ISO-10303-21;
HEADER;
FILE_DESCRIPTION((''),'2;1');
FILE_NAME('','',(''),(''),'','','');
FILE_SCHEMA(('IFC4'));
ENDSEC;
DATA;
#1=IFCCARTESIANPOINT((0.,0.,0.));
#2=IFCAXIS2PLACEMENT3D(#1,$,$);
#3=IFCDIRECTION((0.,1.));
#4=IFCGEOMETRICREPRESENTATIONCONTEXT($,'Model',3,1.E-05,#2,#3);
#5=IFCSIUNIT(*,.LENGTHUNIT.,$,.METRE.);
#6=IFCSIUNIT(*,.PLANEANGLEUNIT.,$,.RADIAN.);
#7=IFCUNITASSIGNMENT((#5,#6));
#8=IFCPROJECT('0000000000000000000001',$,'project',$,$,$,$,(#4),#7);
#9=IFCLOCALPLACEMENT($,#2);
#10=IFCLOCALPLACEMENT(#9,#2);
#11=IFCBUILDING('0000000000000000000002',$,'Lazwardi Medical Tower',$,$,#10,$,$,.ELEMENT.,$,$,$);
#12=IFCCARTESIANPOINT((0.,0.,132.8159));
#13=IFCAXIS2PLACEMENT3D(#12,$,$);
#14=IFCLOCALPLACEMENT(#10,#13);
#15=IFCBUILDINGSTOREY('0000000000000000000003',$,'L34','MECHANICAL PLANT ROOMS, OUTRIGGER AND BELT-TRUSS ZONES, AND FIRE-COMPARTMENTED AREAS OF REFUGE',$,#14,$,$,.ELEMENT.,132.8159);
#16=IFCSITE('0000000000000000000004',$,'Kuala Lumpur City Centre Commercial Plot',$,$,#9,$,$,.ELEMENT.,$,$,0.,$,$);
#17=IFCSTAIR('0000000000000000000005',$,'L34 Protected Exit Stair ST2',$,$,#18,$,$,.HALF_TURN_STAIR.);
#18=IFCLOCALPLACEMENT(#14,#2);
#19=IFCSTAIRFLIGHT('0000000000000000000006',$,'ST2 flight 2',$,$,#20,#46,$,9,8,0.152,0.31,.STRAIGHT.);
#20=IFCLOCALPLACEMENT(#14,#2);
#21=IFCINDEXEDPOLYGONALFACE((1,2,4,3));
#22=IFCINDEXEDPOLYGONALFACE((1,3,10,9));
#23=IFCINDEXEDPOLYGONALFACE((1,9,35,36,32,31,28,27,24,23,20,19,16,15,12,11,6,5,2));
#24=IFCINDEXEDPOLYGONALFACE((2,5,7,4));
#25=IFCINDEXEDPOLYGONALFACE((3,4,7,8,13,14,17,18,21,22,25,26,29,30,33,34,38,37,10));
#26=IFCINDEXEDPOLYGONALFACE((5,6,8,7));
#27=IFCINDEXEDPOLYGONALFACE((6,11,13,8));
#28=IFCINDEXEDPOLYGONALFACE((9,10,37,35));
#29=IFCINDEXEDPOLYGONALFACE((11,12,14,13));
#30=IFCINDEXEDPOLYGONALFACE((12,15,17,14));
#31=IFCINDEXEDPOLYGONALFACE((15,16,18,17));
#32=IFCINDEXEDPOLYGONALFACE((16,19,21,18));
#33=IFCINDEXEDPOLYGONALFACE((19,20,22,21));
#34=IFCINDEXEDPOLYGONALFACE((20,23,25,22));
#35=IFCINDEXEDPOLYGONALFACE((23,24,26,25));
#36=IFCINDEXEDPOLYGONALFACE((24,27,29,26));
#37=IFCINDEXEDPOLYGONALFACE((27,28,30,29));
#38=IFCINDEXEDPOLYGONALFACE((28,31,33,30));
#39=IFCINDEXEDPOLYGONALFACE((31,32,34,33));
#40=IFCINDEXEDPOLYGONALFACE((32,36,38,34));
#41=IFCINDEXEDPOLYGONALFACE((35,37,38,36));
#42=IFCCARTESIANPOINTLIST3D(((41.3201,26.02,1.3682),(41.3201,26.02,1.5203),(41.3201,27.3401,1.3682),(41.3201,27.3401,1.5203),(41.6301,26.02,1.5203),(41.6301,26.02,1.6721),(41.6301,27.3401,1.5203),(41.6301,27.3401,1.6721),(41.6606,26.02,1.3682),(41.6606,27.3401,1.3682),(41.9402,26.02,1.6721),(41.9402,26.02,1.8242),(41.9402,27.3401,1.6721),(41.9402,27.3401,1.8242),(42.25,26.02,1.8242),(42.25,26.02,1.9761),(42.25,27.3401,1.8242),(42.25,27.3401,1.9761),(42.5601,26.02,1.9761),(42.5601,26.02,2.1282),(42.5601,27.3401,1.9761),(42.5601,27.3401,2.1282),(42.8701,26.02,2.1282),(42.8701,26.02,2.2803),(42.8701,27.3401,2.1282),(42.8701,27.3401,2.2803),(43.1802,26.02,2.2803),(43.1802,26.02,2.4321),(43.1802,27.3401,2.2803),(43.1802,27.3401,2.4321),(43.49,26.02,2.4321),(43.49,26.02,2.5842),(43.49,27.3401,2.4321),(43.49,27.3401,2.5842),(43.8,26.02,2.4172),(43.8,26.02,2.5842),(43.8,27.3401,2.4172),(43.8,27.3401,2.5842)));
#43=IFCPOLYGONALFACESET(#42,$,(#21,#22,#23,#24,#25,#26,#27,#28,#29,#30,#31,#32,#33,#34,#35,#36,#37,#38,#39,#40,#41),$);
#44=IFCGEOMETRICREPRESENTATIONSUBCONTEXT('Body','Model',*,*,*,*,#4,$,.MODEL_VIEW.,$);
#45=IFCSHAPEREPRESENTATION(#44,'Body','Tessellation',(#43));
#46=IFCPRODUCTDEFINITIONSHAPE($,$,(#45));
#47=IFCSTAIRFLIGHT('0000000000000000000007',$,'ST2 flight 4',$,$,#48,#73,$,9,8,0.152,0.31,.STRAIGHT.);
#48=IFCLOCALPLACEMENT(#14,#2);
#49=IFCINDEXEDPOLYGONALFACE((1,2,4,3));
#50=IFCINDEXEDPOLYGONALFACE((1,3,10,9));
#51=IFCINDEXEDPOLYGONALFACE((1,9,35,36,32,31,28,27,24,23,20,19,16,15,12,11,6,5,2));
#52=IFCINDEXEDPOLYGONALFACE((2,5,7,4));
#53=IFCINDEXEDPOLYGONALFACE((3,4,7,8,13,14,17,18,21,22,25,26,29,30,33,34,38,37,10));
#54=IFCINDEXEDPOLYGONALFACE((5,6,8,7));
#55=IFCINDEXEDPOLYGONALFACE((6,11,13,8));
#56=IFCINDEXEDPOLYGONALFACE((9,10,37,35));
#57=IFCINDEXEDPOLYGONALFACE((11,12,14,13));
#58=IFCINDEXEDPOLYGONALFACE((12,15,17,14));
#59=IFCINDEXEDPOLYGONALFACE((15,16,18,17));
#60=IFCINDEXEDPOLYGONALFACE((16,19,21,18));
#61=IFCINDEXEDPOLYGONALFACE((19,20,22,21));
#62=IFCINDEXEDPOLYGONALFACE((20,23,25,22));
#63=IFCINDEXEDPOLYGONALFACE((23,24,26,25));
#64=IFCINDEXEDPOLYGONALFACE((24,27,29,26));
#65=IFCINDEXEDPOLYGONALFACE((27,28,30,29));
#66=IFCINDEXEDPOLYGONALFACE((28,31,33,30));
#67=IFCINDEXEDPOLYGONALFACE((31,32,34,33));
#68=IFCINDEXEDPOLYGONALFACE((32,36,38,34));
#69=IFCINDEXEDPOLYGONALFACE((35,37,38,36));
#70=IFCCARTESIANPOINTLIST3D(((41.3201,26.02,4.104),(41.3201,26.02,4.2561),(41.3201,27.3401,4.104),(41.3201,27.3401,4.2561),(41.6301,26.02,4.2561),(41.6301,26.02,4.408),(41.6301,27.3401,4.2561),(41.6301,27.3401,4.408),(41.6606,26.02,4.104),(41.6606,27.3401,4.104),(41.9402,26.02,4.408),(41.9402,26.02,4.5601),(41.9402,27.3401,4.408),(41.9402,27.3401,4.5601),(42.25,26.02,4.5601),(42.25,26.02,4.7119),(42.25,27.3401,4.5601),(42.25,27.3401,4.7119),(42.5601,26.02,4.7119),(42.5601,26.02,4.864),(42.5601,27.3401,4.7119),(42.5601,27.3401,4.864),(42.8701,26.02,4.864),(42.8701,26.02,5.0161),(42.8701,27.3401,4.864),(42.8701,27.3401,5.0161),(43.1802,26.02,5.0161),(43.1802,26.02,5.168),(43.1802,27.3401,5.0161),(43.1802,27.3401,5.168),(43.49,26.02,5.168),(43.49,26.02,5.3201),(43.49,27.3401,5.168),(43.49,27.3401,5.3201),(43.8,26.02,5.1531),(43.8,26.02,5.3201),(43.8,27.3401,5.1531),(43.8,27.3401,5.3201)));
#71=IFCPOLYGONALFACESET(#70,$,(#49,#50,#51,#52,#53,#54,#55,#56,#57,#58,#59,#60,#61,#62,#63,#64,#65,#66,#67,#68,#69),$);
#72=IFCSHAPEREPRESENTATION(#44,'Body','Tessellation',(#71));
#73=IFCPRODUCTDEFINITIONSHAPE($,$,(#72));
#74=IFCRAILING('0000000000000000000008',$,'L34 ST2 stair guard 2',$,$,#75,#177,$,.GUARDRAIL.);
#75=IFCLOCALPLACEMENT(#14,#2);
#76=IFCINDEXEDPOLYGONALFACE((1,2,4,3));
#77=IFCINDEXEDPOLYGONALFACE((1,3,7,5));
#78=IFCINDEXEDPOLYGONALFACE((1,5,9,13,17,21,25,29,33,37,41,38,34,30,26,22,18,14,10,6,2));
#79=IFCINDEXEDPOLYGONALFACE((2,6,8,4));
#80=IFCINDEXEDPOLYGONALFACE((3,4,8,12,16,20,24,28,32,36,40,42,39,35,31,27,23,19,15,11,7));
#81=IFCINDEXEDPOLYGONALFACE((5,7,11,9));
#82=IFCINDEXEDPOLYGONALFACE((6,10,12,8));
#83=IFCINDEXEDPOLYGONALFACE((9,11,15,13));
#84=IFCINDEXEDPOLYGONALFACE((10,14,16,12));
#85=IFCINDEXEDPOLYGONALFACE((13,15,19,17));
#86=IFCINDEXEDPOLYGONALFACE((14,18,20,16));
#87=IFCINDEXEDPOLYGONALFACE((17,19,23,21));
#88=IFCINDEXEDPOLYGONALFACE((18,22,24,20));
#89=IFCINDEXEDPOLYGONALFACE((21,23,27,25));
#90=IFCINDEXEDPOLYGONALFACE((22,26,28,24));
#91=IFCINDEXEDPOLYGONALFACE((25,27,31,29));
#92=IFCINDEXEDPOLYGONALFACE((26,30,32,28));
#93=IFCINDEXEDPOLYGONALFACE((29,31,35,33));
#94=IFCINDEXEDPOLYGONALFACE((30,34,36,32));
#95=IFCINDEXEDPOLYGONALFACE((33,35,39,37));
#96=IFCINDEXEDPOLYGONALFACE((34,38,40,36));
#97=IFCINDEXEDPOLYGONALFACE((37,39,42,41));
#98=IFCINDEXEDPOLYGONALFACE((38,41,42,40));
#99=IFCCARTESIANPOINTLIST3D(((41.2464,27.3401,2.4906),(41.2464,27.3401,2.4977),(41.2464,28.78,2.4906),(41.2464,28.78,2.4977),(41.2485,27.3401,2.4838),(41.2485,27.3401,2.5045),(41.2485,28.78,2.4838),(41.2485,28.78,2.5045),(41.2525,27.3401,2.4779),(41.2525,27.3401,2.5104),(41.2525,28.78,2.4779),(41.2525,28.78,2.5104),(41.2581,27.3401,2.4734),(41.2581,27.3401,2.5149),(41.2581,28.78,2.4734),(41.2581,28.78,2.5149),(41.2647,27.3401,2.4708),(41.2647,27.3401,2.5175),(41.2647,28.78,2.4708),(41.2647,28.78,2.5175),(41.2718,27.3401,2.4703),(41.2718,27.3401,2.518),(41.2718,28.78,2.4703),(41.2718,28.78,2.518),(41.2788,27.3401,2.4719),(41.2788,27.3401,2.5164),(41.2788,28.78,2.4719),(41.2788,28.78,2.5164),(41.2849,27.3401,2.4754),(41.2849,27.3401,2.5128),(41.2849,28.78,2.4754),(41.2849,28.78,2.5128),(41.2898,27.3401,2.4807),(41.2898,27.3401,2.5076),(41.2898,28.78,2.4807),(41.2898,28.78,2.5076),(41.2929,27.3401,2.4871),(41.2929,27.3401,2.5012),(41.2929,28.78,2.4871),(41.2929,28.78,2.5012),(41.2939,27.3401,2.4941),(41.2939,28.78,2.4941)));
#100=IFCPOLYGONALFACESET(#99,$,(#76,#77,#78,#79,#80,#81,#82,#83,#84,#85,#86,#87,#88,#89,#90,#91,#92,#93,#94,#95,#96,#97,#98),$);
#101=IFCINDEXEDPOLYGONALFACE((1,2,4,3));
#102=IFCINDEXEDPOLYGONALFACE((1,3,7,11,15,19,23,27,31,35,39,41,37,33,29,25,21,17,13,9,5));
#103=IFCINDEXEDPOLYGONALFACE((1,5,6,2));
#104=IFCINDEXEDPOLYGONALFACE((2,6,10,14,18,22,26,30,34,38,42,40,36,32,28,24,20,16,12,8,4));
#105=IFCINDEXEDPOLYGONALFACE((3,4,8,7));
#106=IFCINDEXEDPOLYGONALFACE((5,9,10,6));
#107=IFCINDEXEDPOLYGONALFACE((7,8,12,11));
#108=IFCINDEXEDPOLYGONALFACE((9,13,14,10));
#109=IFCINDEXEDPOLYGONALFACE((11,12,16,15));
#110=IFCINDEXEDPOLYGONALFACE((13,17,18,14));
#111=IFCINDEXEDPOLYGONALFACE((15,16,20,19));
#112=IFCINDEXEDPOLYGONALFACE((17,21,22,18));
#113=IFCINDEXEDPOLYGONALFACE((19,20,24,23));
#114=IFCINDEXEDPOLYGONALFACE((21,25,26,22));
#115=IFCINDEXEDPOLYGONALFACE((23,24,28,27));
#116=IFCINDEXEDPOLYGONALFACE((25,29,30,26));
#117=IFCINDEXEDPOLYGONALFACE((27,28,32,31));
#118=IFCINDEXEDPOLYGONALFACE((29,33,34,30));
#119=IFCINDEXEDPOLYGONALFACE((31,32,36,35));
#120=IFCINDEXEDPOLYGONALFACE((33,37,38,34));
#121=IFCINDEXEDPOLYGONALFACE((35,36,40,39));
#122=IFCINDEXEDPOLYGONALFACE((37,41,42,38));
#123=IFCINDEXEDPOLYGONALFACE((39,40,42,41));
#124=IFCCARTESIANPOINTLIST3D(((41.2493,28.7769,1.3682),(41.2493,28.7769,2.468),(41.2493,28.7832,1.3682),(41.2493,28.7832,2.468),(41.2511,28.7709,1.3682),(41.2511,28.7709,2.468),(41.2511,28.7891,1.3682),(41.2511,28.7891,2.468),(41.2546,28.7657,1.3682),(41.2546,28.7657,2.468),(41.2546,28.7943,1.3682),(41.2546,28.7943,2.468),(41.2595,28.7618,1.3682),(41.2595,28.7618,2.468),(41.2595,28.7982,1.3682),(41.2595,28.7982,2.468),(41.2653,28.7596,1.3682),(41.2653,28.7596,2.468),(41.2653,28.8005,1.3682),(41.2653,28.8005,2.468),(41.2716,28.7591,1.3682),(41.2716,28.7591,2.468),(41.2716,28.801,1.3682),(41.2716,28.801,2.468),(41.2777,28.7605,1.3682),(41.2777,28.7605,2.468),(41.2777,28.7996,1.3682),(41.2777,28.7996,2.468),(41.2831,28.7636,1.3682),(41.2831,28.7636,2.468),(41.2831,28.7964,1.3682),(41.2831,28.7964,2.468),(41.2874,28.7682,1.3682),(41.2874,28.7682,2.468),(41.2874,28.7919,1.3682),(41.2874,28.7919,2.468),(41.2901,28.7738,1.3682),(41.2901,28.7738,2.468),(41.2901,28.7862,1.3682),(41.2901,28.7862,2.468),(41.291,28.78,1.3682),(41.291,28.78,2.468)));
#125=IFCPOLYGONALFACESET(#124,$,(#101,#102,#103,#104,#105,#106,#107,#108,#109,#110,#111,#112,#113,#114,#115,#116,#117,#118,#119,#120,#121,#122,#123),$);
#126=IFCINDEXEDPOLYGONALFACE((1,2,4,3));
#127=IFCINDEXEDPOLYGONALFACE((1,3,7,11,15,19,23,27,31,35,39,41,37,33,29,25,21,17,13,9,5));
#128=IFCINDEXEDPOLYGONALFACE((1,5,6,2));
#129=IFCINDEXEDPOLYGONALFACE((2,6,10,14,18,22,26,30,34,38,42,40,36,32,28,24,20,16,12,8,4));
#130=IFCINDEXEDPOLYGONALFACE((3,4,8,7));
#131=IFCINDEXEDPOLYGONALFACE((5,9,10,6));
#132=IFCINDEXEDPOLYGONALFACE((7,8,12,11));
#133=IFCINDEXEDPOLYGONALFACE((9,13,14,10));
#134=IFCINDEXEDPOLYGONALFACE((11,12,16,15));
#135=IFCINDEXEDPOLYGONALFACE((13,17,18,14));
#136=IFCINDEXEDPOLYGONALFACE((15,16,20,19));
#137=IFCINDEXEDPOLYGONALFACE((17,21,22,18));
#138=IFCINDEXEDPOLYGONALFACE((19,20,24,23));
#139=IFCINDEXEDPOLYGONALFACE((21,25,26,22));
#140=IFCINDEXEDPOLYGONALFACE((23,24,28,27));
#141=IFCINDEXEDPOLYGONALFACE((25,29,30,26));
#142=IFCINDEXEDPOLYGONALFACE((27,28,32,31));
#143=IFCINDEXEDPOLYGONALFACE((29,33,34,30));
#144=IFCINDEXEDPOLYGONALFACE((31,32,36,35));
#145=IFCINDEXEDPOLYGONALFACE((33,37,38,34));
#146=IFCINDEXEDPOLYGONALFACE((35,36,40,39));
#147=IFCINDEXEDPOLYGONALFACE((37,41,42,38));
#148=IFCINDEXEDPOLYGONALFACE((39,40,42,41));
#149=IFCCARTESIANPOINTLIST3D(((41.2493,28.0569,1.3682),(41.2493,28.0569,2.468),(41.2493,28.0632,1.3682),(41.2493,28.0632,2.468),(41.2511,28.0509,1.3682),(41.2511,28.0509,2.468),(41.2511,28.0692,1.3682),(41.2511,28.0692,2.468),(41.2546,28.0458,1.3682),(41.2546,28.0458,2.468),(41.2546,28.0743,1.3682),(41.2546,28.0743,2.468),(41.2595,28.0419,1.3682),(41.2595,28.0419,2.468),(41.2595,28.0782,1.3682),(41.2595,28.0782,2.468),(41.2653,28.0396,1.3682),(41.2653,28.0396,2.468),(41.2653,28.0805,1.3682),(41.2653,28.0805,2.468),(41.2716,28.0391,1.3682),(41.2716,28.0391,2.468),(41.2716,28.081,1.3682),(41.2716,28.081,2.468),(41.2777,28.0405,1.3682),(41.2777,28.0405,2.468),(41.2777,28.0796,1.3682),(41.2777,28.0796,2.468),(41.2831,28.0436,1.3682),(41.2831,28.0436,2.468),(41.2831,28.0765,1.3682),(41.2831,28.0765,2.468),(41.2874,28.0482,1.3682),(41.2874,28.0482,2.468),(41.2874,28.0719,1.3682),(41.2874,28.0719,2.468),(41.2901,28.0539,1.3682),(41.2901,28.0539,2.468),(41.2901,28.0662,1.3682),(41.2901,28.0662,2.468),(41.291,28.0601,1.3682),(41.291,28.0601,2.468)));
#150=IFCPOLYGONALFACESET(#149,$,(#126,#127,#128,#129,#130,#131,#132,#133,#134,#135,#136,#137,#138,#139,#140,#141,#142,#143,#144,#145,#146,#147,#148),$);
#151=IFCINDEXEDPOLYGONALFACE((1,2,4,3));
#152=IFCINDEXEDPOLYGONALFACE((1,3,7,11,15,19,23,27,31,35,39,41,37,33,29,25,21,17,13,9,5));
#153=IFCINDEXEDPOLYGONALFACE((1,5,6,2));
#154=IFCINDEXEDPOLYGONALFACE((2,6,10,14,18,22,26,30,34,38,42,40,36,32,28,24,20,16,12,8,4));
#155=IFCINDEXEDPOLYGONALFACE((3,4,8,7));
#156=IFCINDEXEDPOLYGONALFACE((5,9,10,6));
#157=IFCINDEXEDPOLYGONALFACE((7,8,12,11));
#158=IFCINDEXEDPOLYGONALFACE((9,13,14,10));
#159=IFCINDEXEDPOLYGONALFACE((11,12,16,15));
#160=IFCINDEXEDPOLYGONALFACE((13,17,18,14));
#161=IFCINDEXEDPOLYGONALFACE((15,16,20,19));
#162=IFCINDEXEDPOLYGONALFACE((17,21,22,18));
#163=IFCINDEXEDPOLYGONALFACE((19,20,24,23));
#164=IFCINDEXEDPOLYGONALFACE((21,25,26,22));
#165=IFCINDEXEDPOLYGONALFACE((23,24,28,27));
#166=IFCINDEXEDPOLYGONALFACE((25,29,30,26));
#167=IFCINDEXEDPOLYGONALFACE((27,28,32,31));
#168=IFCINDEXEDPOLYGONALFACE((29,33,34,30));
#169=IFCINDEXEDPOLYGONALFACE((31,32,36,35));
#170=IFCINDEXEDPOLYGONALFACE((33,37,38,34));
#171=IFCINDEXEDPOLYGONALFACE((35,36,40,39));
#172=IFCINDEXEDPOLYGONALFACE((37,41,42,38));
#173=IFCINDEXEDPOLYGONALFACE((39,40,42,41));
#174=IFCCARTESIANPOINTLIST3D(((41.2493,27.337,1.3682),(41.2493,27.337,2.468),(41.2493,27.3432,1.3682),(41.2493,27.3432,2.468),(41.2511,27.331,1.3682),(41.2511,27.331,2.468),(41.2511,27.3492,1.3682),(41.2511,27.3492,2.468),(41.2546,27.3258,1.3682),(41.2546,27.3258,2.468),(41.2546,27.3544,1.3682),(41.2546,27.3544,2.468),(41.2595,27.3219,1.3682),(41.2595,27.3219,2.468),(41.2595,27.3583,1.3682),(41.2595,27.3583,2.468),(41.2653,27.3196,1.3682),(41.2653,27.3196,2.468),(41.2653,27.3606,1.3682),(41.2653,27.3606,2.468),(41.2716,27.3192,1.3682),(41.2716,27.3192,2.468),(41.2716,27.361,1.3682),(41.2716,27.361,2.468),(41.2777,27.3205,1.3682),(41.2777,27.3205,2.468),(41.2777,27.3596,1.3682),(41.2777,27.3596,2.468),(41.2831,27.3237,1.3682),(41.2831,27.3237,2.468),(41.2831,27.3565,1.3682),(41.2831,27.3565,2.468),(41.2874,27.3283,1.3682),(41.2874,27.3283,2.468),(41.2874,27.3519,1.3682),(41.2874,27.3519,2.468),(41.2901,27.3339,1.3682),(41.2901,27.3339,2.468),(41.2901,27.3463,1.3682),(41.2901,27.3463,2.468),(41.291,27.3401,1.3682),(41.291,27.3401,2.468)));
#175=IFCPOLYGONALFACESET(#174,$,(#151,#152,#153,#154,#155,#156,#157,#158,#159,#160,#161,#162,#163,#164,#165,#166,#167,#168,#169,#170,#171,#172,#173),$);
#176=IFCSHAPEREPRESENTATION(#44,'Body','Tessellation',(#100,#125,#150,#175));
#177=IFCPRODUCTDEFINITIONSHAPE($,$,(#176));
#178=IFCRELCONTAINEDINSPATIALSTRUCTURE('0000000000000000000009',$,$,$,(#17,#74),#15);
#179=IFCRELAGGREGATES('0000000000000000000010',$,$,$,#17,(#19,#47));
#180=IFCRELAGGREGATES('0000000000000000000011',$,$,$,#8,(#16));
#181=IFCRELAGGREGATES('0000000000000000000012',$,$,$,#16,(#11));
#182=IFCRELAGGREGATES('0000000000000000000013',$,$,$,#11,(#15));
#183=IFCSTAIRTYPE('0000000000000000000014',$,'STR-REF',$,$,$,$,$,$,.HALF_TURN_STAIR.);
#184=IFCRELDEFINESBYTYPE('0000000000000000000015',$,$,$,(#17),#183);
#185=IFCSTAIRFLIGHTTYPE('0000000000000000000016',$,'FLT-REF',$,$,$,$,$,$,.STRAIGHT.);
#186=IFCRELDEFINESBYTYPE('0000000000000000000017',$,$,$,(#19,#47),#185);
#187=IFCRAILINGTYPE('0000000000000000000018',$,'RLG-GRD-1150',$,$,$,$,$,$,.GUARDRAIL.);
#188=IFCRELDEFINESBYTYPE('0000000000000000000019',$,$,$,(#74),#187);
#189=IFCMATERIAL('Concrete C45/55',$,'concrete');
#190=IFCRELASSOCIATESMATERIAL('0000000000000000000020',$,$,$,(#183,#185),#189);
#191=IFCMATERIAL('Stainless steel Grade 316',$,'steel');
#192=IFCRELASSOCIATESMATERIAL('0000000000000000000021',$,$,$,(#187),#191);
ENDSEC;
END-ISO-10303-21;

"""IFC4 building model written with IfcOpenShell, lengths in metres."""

from ifc_helpers import new_model, si_unit, direction, frame, origin, origin_2d, place, context, subcontext, project, spatial, polyline, circle, outline, extrude, material, type_object, element, aggregate, save


model = new_model("IFC4")

# Units and contexts
model_context = context("Model", 3, precision=1e-05, world=origin(), true_north=direction((0.0, 1.0)))
body_context = subcontext(model_context, "Body", "Model", "MODEL_VIEW")
ifc_project = project(units=[si_unit("LENGTHUNIT", "METRE"), si_unit("PLANEANGLEUNIT", "RADIAN")], contexts=[model_context])

# Site, building, storey
site_placement = place(None, origin())
site = spatial("IfcSite", under=ifc_project, at=site_placement, Name="Kuala Lumpur City Centre Commercial Plot", CompositionType="ELEMENT", RefElevation=0.0)
building_placement = place(site_placement, origin())
building = spatial("IfcBuilding", under=site, at=building_placement, Name="Lazwardi Medical Tower", CompositionType="ELEMENT")
storey_placement = place(building_placement, frame((0.0, 0.0, 132.8159)))
storey = spatial("IfcBuildingStorey", under=building, at=storey_placement, Name="L34", Description="MECHANICAL PLANT ROOMS, OUTRIGGER AND BELT-TRUSS ZONES, AND FIRE-COMPARTMENTED AREAS OF REFUGE", CompositionType="ELEMENT", Elevation=132.8159)

# Stair, stair flights
ifc_material_1 = material(Name="Concrete C45/55", Category="concrete")
stair_type = type_object("IfcStairType", Name="STR-REF", PredefinedType="HALF_TURN_STAIR", material=ifc_material_1)
stair_placement = place(storey_placement, origin())
stair = element("IfcStair", 1, at=stair_placement, inside=storey, type_object=stair_type, Name="L34 Protected Exit Stair ST2", PredefinedType="HALF_TURN_STAIR")
stair_flight_type = type_object("IfcStairFlightType", Name="FLT-REF", PredefinedType="STRAIGHT", material=ifc_material_1)
stair_flight_1_placement = place(storey_placement, frame((41.3201, 26.6799, 1.3682), z_axis=(0.0, 0.0, 1.0), x_axis=(1.0, 0.0, 0.0)))
stair_flight_1 = element("IfcStairFlight", 2, at=stair_flight_1_placement, type_object=stair_flight_type, Name="ST2 flight 2", NumberOfRisers=9, NumberOfTreads=8, PredefinedType="STRAIGHT", RiserHeight=0.152, TreadLength=0.31, context=body_context, shape_type="SweptSolid", body=[
    extrude(outline(polyline([(0.0, 0.0), (0.0, 0.1521), (0.3101, 0.1521), (0.3101, 0.304), (0.6201, 0.304), (0.6201, 0.4561), (0.9299, 0.4561), (0.9299, 0.6079), (1.24, 0.6079), (1.24, 0.76), (1.55, 0.76), (1.55, 0.9121), (1.8601, 0.9121), (1.8601, 1.064), (2.1699, 1.064), (2.1699, 1.2161), (2.48, 1.2161), (2.48, 1.3679), (2.48, 1.0491), (0.3406, 0.0), (0.0, 0.0)])), frame((0.0, 0.6602, 0.0), z_axis=(0.0, -1.0, 0.0), x_axis=(1.0, 0.0, 0.0)), (0.0, 0.0, 1.0), 1.3201),
])
stair_flight_2_placement = place(storey_placement, frame((41.3201, 26.6799, 4.104), z_axis=(0.0, 0.0, 1.0), x_axis=(1.0, 0.0, 0.0)))
stair_flight_2 = element("IfcStairFlight", 3, at=stair_flight_2_placement, type_object=stair_flight_type, Name="ST2 flight 4", NumberOfRisers=9, NumberOfTreads=8, PredefinedType="STRAIGHT", RiserHeight=0.152, TreadLength=0.31, context=body_context, shape_type="SweptSolid", body=[
    extrude(outline(polyline([(0.0, 0.0), (0.0, 0.1521), (0.3101, 0.1521), (0.3101, 0.304), (0.6201, 0.304), (0.6201, 0.4561), (0.9299, 0.4561), (0.9299, 0.6079), (1.24, 0.6079), (1.24, 0.76), (1.55, 0.76), (1.55, 0.9121), (1.8601, 0.9121), (1.8601, 1.064), (2.1699, 1.064), (2.1699, 1.2161), (2.48, 1.2161), (2.48, 1.3679), (2.48, 1.0491), (0.3406, 0.0), (0.0, 0.0)])), frame((0.0, 0.6602, 0.0), z_axis=(0.0, -1.0, 0.0), x_axis=(1.0, 0.0, 0.0)), (0.0, 0.0, 1.0), 1.3201),
])
aggregate(stair, [stair_flight_1, stair_flight_2])

# Railing
ifc_material_2 = material(Name="Stainless steel Grade 316", Category="steel")
railing_type_1 = type_object("IfcRailingType", Name="RLG-GRD-1150", PredefinedType="GUARDRAIL", material=ifc_material_2)
railing_1_placement = place(storey_placement, frame((41.27, 28.78, 1.3682)))
element("IfcRailing", 4, at=railing_1_placement, inside=storey, type_object=railing_type_1, Name="L34 ST2 stair guard 2", PredefinedType="GUARDRAIL", context=body_context, shape_type="SweptSolid", body=[
    extrude(circle(Radius=0.0239, at=origin_2d()), frame((0.0, 0.0, 1.126), z_axis=(0.0, -1.0, 0.0), x_axis=(1.0, 0.0, 0.0)), (0.0, 0.0, 1.0), 1.4399),
    extrude(circle(Radius=0.021, at=origin_2d()), origin(), (0.0, 0.0, 1.0), 1.0999),
    extrude(circle(Radius=0.021, at=origin_2d()), frame((0.0, -0.72, 0.0)), (0.0, 0.0, 1.0), 1.0999),
    extrude(circle(Radius=0.021, at=origin_2d()), frame((0.0, -1.4399, 0.0)), (0.0, 0.0, 1.0), 1.0999),
])

save(model, "model.ifc")
